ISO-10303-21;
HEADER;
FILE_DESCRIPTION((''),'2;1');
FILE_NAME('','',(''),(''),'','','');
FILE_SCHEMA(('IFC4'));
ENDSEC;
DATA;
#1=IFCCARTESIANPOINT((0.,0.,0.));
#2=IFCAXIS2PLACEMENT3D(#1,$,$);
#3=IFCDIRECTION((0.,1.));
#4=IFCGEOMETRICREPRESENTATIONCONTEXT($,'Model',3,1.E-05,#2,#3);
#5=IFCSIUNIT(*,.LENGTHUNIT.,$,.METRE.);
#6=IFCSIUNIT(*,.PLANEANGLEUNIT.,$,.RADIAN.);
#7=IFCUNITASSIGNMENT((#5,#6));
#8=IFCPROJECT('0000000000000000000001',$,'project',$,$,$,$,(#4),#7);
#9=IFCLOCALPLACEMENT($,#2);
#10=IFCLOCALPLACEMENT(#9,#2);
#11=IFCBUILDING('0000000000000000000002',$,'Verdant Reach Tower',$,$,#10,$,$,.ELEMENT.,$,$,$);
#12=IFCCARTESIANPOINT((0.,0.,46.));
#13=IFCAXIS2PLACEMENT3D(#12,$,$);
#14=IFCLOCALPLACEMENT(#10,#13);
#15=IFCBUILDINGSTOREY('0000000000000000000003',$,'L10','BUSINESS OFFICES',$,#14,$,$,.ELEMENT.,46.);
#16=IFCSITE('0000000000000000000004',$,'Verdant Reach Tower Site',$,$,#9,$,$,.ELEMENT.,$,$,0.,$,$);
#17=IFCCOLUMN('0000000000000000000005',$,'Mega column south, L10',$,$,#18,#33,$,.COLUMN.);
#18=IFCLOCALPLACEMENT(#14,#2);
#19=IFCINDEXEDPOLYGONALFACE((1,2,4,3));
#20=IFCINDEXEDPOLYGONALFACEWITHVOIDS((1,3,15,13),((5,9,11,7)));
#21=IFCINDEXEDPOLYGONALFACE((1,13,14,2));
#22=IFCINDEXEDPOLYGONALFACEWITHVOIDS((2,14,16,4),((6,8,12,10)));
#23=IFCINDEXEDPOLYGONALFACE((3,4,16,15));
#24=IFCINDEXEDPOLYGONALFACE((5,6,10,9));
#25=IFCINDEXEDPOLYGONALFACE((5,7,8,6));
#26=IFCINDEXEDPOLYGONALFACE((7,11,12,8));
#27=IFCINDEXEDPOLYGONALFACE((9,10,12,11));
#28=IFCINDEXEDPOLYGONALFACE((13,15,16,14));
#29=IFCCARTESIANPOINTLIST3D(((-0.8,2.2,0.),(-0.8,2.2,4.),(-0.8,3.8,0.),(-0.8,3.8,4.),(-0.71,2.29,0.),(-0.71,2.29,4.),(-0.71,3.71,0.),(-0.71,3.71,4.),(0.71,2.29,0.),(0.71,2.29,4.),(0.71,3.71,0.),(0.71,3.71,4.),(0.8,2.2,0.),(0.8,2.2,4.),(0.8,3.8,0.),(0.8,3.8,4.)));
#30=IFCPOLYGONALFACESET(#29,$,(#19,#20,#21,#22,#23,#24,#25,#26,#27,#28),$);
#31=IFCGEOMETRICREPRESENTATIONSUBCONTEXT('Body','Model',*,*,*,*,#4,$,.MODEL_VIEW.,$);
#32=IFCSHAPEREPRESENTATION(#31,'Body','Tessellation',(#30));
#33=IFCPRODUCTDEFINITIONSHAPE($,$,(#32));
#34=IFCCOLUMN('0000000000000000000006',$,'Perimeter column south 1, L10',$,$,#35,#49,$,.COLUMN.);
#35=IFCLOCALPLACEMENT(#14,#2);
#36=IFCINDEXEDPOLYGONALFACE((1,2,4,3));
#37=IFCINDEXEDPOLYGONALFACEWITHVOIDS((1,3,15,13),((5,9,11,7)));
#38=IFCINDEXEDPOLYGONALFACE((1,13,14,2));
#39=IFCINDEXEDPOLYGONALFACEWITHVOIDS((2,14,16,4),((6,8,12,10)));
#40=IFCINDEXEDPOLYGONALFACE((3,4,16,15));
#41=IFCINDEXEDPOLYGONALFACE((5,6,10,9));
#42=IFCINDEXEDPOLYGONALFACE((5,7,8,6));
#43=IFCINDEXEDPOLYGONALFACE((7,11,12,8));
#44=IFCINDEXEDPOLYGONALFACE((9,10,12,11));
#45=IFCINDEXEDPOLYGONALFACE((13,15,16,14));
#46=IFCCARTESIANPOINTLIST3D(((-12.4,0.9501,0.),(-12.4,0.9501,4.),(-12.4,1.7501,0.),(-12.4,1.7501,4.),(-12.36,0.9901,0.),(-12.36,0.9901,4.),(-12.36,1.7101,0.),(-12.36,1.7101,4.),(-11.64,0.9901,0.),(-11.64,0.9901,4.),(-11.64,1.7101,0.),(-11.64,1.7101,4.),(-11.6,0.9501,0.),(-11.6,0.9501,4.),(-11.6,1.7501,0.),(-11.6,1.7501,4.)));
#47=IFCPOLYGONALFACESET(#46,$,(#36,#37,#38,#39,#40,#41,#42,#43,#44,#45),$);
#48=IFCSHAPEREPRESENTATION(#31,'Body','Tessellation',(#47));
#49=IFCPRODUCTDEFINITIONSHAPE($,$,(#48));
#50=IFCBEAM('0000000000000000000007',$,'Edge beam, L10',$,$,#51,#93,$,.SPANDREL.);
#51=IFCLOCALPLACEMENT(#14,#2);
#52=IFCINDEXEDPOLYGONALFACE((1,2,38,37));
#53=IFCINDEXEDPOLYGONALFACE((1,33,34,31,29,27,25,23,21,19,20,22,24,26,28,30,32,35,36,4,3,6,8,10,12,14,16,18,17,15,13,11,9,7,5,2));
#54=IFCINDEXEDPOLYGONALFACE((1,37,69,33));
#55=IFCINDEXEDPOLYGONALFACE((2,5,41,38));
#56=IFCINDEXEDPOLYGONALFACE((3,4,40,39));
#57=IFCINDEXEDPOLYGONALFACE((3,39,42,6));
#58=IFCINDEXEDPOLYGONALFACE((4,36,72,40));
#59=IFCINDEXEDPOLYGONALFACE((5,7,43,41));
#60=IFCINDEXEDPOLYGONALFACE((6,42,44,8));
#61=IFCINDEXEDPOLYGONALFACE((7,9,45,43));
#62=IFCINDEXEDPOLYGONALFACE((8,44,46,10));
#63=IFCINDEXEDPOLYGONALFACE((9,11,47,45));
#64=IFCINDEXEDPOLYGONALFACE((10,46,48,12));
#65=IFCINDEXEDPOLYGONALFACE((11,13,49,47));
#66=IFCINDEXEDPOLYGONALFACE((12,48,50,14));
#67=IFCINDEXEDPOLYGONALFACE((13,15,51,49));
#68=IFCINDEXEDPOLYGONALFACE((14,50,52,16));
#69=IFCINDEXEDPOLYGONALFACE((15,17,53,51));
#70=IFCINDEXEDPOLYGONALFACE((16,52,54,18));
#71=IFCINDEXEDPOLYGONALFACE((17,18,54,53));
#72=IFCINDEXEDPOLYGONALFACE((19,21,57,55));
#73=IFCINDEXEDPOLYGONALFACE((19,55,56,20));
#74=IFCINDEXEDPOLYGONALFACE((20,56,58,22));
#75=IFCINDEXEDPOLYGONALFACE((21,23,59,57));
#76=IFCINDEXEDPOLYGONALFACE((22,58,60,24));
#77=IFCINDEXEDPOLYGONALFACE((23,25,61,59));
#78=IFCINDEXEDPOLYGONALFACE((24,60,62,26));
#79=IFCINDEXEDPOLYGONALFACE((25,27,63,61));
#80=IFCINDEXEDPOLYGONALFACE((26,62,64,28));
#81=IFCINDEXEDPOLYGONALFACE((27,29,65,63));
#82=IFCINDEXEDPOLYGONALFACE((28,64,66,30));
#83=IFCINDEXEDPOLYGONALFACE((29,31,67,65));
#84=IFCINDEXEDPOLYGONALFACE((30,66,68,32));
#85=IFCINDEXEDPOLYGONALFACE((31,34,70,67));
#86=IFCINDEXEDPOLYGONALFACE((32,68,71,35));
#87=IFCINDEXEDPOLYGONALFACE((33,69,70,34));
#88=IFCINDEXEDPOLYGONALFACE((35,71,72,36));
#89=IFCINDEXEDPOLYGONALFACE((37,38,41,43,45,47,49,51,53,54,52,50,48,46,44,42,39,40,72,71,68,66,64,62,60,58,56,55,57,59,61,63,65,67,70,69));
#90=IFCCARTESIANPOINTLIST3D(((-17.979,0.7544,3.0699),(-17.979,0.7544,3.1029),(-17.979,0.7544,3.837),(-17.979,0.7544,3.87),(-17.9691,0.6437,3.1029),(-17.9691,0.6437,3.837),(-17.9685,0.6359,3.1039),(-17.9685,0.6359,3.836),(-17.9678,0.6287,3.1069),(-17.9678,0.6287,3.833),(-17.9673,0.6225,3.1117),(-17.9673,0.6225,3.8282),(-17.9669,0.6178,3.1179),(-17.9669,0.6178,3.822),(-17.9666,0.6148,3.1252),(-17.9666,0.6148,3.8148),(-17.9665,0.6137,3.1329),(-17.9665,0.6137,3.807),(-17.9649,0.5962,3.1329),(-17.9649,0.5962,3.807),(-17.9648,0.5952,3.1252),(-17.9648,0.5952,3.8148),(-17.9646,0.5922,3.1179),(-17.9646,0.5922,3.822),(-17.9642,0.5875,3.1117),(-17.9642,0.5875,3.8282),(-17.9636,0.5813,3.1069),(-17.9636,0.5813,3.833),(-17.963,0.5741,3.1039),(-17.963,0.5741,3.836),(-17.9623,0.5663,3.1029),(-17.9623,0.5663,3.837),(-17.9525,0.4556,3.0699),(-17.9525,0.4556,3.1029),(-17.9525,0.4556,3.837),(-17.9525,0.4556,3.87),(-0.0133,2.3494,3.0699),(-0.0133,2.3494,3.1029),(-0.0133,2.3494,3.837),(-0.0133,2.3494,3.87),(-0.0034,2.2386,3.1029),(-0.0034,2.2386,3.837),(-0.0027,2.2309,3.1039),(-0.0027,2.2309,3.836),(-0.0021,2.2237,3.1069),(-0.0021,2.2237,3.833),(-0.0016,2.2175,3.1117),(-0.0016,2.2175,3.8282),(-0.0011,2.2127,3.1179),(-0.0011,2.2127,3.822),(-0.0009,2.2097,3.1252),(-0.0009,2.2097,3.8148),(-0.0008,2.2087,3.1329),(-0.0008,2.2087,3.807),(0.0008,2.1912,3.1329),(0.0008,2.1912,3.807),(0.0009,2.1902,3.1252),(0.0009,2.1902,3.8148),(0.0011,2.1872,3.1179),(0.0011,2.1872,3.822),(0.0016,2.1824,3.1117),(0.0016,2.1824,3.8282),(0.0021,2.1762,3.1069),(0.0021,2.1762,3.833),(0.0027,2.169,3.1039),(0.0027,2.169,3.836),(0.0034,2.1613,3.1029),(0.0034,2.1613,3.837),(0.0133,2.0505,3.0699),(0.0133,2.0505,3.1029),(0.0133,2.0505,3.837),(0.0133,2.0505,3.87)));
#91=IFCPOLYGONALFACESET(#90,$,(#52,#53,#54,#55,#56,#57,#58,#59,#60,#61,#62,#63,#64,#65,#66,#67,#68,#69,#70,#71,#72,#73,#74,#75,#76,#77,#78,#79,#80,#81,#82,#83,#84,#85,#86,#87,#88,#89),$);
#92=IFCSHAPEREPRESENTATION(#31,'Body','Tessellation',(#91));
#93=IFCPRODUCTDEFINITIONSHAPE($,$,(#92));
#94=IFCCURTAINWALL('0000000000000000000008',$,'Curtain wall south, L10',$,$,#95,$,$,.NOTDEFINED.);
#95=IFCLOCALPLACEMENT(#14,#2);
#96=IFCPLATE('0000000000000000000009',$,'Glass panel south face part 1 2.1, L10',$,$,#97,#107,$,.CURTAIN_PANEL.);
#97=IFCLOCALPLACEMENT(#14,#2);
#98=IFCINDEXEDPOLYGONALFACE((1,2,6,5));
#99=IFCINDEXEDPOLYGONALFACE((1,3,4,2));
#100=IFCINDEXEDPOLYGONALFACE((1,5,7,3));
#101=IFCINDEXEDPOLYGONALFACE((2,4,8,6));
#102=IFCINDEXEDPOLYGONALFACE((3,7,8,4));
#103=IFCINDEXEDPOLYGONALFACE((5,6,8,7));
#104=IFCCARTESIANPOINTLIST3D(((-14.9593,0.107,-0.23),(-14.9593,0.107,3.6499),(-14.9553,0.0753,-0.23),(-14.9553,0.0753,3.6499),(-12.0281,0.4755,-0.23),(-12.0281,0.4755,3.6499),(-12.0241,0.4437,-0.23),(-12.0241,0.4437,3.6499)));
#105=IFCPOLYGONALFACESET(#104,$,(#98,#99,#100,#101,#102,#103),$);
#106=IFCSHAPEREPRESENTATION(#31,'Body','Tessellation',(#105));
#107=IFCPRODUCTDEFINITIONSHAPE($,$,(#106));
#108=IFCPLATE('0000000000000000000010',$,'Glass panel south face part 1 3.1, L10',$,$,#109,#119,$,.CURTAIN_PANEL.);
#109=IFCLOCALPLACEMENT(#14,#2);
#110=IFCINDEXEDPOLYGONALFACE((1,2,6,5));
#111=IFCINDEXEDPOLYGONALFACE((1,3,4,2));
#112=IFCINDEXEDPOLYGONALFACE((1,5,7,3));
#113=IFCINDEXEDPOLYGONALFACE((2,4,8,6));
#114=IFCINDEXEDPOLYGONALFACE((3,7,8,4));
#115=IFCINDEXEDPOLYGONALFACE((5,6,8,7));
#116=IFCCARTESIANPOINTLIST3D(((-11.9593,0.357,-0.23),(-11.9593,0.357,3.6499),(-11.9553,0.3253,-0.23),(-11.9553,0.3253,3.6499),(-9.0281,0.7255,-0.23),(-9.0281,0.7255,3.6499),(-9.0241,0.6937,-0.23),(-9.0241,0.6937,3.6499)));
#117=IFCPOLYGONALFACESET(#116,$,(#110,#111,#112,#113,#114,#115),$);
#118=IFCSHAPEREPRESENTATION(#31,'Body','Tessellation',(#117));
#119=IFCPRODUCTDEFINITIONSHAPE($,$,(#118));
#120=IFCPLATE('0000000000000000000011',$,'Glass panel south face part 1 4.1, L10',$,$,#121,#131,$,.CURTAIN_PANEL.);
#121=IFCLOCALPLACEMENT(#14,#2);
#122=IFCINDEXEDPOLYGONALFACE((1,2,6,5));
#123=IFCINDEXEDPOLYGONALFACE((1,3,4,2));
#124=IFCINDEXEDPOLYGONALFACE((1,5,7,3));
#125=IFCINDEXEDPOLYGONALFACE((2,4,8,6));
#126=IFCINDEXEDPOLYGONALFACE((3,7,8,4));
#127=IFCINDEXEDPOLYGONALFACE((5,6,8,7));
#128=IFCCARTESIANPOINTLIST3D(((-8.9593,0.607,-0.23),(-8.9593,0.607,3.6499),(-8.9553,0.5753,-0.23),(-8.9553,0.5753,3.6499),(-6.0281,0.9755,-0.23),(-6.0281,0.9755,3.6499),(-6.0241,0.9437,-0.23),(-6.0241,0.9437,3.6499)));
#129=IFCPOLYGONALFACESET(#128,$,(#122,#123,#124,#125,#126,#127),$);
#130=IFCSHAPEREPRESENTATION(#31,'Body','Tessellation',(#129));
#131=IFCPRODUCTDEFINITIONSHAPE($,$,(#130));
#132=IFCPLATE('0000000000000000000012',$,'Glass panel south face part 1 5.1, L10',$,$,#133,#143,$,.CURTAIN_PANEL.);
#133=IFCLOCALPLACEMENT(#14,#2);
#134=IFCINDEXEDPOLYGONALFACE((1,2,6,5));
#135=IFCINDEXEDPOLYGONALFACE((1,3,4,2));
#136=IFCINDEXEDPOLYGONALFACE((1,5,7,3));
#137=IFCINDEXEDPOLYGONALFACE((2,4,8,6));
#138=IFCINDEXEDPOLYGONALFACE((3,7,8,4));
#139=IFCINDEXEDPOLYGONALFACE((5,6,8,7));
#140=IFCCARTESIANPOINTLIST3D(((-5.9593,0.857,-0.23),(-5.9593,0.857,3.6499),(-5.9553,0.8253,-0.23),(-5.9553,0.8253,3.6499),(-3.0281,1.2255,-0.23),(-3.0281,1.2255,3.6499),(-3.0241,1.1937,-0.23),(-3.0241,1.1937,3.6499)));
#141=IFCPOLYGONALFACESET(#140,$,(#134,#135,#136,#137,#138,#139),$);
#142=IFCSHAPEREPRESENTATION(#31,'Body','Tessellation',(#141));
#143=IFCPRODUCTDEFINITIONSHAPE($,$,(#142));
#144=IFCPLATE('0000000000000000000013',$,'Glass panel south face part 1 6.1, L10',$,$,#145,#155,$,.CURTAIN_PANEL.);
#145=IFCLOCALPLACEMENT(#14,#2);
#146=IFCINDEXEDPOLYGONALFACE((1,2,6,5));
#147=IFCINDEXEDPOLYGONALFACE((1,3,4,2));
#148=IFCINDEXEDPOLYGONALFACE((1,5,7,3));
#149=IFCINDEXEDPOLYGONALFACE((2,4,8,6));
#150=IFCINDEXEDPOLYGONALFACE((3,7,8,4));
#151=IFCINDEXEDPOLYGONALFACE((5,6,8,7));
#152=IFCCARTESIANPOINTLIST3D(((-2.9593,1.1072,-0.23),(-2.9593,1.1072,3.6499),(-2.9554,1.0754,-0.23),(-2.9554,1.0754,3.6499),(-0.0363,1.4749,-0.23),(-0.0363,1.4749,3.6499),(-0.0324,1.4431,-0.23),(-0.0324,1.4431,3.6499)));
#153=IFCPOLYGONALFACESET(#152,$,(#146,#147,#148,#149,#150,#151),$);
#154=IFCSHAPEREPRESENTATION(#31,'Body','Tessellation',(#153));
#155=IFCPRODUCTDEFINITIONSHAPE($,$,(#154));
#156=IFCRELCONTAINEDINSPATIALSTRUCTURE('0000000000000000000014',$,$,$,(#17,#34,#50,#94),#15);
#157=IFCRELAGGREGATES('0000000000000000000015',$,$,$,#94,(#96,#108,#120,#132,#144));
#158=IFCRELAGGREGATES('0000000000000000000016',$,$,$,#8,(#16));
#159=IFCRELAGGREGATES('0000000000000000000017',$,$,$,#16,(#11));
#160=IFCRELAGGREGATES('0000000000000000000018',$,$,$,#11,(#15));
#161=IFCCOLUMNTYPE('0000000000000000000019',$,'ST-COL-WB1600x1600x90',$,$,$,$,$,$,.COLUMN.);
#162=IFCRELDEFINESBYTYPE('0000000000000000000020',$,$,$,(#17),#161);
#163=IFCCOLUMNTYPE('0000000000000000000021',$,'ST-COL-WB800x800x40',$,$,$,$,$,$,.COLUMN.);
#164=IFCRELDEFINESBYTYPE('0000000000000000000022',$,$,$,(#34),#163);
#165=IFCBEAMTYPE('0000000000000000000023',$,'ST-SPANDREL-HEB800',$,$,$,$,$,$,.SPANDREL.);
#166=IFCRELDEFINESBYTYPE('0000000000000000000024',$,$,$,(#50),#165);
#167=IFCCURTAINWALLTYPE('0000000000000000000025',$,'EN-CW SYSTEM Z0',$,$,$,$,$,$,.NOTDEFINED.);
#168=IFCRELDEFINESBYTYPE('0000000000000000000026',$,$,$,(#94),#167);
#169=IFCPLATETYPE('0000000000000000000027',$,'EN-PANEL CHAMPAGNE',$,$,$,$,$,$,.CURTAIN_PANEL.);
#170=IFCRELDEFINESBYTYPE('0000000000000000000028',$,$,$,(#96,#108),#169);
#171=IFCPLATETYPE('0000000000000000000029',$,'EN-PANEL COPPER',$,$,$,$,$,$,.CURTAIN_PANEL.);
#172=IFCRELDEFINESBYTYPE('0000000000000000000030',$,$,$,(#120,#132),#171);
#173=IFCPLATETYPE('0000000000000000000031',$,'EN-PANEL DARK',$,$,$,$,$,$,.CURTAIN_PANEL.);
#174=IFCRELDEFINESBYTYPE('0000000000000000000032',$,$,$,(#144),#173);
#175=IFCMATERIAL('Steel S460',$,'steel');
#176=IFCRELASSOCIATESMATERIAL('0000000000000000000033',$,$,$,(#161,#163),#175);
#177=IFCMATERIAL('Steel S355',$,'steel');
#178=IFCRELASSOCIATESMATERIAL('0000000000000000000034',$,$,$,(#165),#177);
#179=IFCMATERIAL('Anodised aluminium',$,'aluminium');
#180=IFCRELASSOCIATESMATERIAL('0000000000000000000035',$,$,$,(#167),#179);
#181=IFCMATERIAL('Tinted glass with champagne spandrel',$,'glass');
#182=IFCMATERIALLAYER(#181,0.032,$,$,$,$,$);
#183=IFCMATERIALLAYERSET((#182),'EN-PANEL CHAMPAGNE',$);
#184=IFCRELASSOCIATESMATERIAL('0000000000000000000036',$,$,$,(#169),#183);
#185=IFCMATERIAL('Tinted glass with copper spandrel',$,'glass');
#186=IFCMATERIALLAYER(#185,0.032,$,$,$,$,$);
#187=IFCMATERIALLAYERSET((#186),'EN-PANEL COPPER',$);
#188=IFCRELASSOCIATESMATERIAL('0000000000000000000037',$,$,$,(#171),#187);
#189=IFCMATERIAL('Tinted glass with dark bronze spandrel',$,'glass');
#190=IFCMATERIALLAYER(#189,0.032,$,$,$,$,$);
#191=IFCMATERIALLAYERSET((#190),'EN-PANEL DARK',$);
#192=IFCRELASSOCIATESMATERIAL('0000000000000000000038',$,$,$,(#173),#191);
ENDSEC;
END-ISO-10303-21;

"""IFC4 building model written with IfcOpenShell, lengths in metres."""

from ifc_helpers import new_model, si_unit, direction, frame, origin, origin_2d, place, context, subcontext, project, spatial, rectangle, hollow_rectangle, i_section, extrude, material, layer, layer_set, material_profile, profile_set, type_object, element, aggregate, save


model = new_model("IFC4")

# Units and contexts
model_context = context("Model", 3, precision=1e-05, world=origin(), true_north=direction((0.0, 1.0)))
body_context = subcontext(model_context, "Body", "Model", "MODEL_VIEW")
ifc_project = project(units=[si_unit("LENGTHUNIT", "METRE"), si_unit("PLANEANGLEUNIT", "RADIAN")], contexts=[model_context])

# Site, building, storey
site_placement = place(None, origin())
site = spatial("IfcSite", under=ifc_project, at=site_placement, Name="Verdant Reach Tower Site", CompositionType="ELEMENT", RefElevation=0.0)
building_placement = place(site_placement, origin())
building = spatial("IfcBuilding", under=site, at=building_placement, Name="Verdant Reach Tower", CompositionType="ELEMENT")
storey_placement = place(building_placement, frame((0.0, 0.0, 46.0)))
storey = spatial("IfcBuildingStorey", under=building, at=storey_placement, Name="L10", Description="BUSINESS OFFICES", CompositionType="ELEMENT", Elevation=46.0)

# Columns
ifc_material_1 = material(Name="Steel S460", Category="steel")
ifc_material_profile_1 = material_profile(ifc_material_1, hollow_rectangle(XDim=1.6001, YDim=1.6001, WallThickness=0.0901, at=origin_2d()), Name="WB 1600x1600x90")
ifc_profile_set_1 = profile_set([ifc_material_profile_1], Name="Steel S460")
column_type_1 = type_object("IfcColumnType", Name="ST-COL-WB1600x1600x90", PredefinedType="COLUMN", material=ifc_profile_set_1)
column_1_placement = place(storey_placement, frame((0.0, 3.0, 0.0), z_axis=(0.0, 0.0, 1.0), x_axis=(1.0, 0.0, 0.0)))
element("IfcColumn", 1, at=column_1_placement, inside=storey, type_object=column_type_1, Name="Mega column south, L10", PredefinedType="COLUMN", context=body_context, shape_type="SweptSolid", body=[
    extrude(hollow_rectangle(XDim=1.6001, YDim=1.6001, WallThickness=0.0901, at=origin_2d()), origin(), (0.0, 0.0, 1.0), 4.0),
])
ifc_material_profile_2 = material_profile(ifc_material_1, hollow_rectangle(XDim=0.8, YDim=0.8, WallThickness=0.04, at=origin_2d()), Name="WB 800x800x40")
ifc_profile_set_2 = profile_set([ifc_material_profile_2], Name="Steel S460")
column_type_2 = type_object("IfcColumnType", Name="ST-COL-WB800x800x40", PredefinedType="COLUMN", material=ifc_profile_set_2)
column_2_placement = place(storey_placement, frame((-12.0, 1.3501, 0.0), z_axis=(0.0, 0.0, 1.0), x_axis=(1.0, 0.0, 0.0)))
element("IfcColumn", 2, at=column_2_placement, inside=storey, type_object=column_type_2, Name="Perimeter column south 1, L10", PredefinedType="COLUMN", context=body_context, shape_type="SweptSolid", body=[
    extrude(hollow_rectangle(XDim=0.8, YDim=0.8, WallThickness=0.04, at=origin_2d()), origin(), (0.0, 0.0, 1.0), 4.0),
])

# Beam
ifc_material_2 = material(Name="Steel S355", Category="steel")
ifc_material_profile_3 = material_profile(ifc_material_2, i_section(OverallWidth=0.3, OverallDepth=0.8, WebThickness=0.0176, FlangeThickness=0.033, FilletRadius=0.03, at=origin_2d()), Name="HEB 800")
ifc_profile_set_3 = profile_set([ifc_material_profile_3], Name="Steel S355")
beam_type = type_object("IfcBeamType", Name="ST-SPANDREL-HEB800", PredefinedType="SPANDREL", material=ifc_profile_set_3)
beam_placement = place(storey_placement, frame((0.0, 2.2, 3.47), z_axis=(-0.996082, -0.08843, 0.0), x_axis=(0.08843, -0.996082, 0.0)))
element("IfcBeam", 3, at=beam_placement, inside=storey, type_object=beam_type, Name="Edge beam, L10", PredefinedType="SPANDREL", context=body_context, shape_type="SweptSolid", body=[
    extrude(i_section(OverallWidth=0.3, OverallDepth=0.8, WebThickness=0.0176, FlangeThickness=0.033, FilletRadius=0.03, at=origin_2d()), origin(), (0.0, 0.0, 1.0), 18.0364),
])

# Curtain wall, plates
ifc_material_3 = material(Name="Anodised aluminium", Category="aluminium")
curtain_wall_type = type_object("IfcCurtainWallType", Name="EN-CW SYSTEM Z0", PredefinedType="NOTDEFINED", material=ifc_material_3)
curtain_wall_placement = place(storey_placement, origin())
curtain_wall = element("IfcCurtainWall", 4, at=curtain_wall_placement, inside=storey, type_object=curtain_wall_type, Name="Curtain wall south, L10", PredefinedType="NOTDEFINED")
ifc_material_4 = material(Name="Tinted glass with champagne spandrel", Category="glass")
ifc_layer_1 = layer(ifc_material_4, 0.032)
ifc_layer_set_1 = layer_set([ifc_layer_1], Name="EN-PANEL CHAMPAGNE")
plate_type_1 = type_object("IfcPlateType", Name="EN-PANEL CHAMPAGNE", PredefinedType="CURTAIN_PANEL", material=ifc_layer_set_1)
plate_1_placement = place(storey_placement, frame((-13.4917, 0.2754, -0.23), z_axis=(0.0, 0.0, 1.0), x_axis=(0.992194, 0.124704, 0.0)))
plate_1 = element("IfcPlate", 5, at=plate_1_placement, type_object=plate_type_1, Name="Glass panel south face part 1 2.1, L10", PredefinedType="CURTAIN_PANEL", context=body_context, shape_type="SweptSolid", body=[
    extrude(rectangle(XDim=2.9543, YDim=0.032, at=origin_2d()), origin(), (0.0, 0.0, 1.0), 3.8799),
])
plate_2_placement = place(storey_placement, frame((-10.4917, 0.5254, -0.23), z_axis=(0.0, 0.0, 1.0), x_axis=(0.992194, 0.124704, 0.0)))
plate_2 = element("IfcPlate", 6, at=plate_2_placement, type_object=plate_type_1, Name="Glass panel south face part 1 3.1, L10", PredefinedType="CURTAIN_PANEL", context=body_context, shape_type="SweptSolid", body=[
    extrude(rectangle(XDim=2.9543, YDim=0.032, at=origin_2d()), origin(), (0.0, 0.0, 1.0), 3.8799),
])
ifc_material_5 = material(Name="Tinted glass with copper spandrel", Category="glass")
ifc_layer_2 = layer(ifc_material_5, 0.032)
ifc_layer_set_2 = layer_set([ifc_layer_2], Name="EN-PANEL COPPER")
plate_type_2 = type_object("IfcPlateType", Name="EN-PANEL COPPER", PredefinedType="CURTAIN_PANEL", material=ifc_layer_set_2)
plate_3_placement = place(storey_placement, frame((-7.4917, 0.7754, -0.23), z_axis=(0.0, 0.0, 1.0), x_axis=(0.992194, 0.124704, 0.0)))
plate_3 = element("IfcPlate", 7, at=plate_3_placement, type_object=plate_type_2, Name="Glass panel south face part 1 4.1, L10", PredefinedType="CURTAIN_PANEL", context=body_context, shape_type="SweptSolid", body=[
    extrude(rectangle(XDim=2.9543, YDim=0.032, at=origin_2d()), origin(), (0.0, 0.0, 1.0), 3.8799),
])
plate_4_placement = place(storey_placement, frame((-4.4917, 1.0254, -0.23), z_axis=(0.0, 0.0, 1.0), x_axis=(0.992194, 0.124704, 0.0)))
plate_4 = element("IfcPlate", 8, at=plate_4_placement, type_object=plate_type_2, Name="Glass panel south face part 1 5.1, L10", PredefinedType="CURTAIN_PANEL", context=body_context, shape_type="SweptSolid", body=[
    extrude(rectangle(XDim=2.9543, YDim=0.032, at=origin_2d()), origin(), (0.0, 0.0, 1.0), 3.8799),
])
ifc_material_6 = material(Name="Tinted glass with dark bronze spandrel", Category="glass")
ifc_layer_3 = layer(ifc_material_6, 0.032)
ifc_layer_set_3 = layer_set([ifc_layer_3], Name="EN-PANEL DARK")
plate_type_3 = type_object("IfcPlateType", Name="EN-PANEL DARK", PredefinedType="CURTAIN_PANEL", material=ifc_layer_set_3)
plate_5_placement = place(storey_placement, frame((-1.4958, 1.2751, -0.23), z_axis=(0.0, 0.0, 1.0), x_axis=(0.99218, 0.124818, 0.0)))
plate_5 = element("IfcPlate", 9, at=plate_5_placement, type_object=plate_type_3, Name="Glass panel south face part 1 6.1, L10", PredefinedType="CURTAIN_PANEL", context=body_context, shape_type="SweptSolid", body=[
    extrude(rectangle(XDim=2.946, YDim=0.032, at=origin_2d()), origin(), (0.0, 0.0, 1.0), 3.8799),
])
aggregate(curtain_wall, [plate_1, plate_2, plate_3, plate_4, plate_5])

save(model, "model.ifc")
